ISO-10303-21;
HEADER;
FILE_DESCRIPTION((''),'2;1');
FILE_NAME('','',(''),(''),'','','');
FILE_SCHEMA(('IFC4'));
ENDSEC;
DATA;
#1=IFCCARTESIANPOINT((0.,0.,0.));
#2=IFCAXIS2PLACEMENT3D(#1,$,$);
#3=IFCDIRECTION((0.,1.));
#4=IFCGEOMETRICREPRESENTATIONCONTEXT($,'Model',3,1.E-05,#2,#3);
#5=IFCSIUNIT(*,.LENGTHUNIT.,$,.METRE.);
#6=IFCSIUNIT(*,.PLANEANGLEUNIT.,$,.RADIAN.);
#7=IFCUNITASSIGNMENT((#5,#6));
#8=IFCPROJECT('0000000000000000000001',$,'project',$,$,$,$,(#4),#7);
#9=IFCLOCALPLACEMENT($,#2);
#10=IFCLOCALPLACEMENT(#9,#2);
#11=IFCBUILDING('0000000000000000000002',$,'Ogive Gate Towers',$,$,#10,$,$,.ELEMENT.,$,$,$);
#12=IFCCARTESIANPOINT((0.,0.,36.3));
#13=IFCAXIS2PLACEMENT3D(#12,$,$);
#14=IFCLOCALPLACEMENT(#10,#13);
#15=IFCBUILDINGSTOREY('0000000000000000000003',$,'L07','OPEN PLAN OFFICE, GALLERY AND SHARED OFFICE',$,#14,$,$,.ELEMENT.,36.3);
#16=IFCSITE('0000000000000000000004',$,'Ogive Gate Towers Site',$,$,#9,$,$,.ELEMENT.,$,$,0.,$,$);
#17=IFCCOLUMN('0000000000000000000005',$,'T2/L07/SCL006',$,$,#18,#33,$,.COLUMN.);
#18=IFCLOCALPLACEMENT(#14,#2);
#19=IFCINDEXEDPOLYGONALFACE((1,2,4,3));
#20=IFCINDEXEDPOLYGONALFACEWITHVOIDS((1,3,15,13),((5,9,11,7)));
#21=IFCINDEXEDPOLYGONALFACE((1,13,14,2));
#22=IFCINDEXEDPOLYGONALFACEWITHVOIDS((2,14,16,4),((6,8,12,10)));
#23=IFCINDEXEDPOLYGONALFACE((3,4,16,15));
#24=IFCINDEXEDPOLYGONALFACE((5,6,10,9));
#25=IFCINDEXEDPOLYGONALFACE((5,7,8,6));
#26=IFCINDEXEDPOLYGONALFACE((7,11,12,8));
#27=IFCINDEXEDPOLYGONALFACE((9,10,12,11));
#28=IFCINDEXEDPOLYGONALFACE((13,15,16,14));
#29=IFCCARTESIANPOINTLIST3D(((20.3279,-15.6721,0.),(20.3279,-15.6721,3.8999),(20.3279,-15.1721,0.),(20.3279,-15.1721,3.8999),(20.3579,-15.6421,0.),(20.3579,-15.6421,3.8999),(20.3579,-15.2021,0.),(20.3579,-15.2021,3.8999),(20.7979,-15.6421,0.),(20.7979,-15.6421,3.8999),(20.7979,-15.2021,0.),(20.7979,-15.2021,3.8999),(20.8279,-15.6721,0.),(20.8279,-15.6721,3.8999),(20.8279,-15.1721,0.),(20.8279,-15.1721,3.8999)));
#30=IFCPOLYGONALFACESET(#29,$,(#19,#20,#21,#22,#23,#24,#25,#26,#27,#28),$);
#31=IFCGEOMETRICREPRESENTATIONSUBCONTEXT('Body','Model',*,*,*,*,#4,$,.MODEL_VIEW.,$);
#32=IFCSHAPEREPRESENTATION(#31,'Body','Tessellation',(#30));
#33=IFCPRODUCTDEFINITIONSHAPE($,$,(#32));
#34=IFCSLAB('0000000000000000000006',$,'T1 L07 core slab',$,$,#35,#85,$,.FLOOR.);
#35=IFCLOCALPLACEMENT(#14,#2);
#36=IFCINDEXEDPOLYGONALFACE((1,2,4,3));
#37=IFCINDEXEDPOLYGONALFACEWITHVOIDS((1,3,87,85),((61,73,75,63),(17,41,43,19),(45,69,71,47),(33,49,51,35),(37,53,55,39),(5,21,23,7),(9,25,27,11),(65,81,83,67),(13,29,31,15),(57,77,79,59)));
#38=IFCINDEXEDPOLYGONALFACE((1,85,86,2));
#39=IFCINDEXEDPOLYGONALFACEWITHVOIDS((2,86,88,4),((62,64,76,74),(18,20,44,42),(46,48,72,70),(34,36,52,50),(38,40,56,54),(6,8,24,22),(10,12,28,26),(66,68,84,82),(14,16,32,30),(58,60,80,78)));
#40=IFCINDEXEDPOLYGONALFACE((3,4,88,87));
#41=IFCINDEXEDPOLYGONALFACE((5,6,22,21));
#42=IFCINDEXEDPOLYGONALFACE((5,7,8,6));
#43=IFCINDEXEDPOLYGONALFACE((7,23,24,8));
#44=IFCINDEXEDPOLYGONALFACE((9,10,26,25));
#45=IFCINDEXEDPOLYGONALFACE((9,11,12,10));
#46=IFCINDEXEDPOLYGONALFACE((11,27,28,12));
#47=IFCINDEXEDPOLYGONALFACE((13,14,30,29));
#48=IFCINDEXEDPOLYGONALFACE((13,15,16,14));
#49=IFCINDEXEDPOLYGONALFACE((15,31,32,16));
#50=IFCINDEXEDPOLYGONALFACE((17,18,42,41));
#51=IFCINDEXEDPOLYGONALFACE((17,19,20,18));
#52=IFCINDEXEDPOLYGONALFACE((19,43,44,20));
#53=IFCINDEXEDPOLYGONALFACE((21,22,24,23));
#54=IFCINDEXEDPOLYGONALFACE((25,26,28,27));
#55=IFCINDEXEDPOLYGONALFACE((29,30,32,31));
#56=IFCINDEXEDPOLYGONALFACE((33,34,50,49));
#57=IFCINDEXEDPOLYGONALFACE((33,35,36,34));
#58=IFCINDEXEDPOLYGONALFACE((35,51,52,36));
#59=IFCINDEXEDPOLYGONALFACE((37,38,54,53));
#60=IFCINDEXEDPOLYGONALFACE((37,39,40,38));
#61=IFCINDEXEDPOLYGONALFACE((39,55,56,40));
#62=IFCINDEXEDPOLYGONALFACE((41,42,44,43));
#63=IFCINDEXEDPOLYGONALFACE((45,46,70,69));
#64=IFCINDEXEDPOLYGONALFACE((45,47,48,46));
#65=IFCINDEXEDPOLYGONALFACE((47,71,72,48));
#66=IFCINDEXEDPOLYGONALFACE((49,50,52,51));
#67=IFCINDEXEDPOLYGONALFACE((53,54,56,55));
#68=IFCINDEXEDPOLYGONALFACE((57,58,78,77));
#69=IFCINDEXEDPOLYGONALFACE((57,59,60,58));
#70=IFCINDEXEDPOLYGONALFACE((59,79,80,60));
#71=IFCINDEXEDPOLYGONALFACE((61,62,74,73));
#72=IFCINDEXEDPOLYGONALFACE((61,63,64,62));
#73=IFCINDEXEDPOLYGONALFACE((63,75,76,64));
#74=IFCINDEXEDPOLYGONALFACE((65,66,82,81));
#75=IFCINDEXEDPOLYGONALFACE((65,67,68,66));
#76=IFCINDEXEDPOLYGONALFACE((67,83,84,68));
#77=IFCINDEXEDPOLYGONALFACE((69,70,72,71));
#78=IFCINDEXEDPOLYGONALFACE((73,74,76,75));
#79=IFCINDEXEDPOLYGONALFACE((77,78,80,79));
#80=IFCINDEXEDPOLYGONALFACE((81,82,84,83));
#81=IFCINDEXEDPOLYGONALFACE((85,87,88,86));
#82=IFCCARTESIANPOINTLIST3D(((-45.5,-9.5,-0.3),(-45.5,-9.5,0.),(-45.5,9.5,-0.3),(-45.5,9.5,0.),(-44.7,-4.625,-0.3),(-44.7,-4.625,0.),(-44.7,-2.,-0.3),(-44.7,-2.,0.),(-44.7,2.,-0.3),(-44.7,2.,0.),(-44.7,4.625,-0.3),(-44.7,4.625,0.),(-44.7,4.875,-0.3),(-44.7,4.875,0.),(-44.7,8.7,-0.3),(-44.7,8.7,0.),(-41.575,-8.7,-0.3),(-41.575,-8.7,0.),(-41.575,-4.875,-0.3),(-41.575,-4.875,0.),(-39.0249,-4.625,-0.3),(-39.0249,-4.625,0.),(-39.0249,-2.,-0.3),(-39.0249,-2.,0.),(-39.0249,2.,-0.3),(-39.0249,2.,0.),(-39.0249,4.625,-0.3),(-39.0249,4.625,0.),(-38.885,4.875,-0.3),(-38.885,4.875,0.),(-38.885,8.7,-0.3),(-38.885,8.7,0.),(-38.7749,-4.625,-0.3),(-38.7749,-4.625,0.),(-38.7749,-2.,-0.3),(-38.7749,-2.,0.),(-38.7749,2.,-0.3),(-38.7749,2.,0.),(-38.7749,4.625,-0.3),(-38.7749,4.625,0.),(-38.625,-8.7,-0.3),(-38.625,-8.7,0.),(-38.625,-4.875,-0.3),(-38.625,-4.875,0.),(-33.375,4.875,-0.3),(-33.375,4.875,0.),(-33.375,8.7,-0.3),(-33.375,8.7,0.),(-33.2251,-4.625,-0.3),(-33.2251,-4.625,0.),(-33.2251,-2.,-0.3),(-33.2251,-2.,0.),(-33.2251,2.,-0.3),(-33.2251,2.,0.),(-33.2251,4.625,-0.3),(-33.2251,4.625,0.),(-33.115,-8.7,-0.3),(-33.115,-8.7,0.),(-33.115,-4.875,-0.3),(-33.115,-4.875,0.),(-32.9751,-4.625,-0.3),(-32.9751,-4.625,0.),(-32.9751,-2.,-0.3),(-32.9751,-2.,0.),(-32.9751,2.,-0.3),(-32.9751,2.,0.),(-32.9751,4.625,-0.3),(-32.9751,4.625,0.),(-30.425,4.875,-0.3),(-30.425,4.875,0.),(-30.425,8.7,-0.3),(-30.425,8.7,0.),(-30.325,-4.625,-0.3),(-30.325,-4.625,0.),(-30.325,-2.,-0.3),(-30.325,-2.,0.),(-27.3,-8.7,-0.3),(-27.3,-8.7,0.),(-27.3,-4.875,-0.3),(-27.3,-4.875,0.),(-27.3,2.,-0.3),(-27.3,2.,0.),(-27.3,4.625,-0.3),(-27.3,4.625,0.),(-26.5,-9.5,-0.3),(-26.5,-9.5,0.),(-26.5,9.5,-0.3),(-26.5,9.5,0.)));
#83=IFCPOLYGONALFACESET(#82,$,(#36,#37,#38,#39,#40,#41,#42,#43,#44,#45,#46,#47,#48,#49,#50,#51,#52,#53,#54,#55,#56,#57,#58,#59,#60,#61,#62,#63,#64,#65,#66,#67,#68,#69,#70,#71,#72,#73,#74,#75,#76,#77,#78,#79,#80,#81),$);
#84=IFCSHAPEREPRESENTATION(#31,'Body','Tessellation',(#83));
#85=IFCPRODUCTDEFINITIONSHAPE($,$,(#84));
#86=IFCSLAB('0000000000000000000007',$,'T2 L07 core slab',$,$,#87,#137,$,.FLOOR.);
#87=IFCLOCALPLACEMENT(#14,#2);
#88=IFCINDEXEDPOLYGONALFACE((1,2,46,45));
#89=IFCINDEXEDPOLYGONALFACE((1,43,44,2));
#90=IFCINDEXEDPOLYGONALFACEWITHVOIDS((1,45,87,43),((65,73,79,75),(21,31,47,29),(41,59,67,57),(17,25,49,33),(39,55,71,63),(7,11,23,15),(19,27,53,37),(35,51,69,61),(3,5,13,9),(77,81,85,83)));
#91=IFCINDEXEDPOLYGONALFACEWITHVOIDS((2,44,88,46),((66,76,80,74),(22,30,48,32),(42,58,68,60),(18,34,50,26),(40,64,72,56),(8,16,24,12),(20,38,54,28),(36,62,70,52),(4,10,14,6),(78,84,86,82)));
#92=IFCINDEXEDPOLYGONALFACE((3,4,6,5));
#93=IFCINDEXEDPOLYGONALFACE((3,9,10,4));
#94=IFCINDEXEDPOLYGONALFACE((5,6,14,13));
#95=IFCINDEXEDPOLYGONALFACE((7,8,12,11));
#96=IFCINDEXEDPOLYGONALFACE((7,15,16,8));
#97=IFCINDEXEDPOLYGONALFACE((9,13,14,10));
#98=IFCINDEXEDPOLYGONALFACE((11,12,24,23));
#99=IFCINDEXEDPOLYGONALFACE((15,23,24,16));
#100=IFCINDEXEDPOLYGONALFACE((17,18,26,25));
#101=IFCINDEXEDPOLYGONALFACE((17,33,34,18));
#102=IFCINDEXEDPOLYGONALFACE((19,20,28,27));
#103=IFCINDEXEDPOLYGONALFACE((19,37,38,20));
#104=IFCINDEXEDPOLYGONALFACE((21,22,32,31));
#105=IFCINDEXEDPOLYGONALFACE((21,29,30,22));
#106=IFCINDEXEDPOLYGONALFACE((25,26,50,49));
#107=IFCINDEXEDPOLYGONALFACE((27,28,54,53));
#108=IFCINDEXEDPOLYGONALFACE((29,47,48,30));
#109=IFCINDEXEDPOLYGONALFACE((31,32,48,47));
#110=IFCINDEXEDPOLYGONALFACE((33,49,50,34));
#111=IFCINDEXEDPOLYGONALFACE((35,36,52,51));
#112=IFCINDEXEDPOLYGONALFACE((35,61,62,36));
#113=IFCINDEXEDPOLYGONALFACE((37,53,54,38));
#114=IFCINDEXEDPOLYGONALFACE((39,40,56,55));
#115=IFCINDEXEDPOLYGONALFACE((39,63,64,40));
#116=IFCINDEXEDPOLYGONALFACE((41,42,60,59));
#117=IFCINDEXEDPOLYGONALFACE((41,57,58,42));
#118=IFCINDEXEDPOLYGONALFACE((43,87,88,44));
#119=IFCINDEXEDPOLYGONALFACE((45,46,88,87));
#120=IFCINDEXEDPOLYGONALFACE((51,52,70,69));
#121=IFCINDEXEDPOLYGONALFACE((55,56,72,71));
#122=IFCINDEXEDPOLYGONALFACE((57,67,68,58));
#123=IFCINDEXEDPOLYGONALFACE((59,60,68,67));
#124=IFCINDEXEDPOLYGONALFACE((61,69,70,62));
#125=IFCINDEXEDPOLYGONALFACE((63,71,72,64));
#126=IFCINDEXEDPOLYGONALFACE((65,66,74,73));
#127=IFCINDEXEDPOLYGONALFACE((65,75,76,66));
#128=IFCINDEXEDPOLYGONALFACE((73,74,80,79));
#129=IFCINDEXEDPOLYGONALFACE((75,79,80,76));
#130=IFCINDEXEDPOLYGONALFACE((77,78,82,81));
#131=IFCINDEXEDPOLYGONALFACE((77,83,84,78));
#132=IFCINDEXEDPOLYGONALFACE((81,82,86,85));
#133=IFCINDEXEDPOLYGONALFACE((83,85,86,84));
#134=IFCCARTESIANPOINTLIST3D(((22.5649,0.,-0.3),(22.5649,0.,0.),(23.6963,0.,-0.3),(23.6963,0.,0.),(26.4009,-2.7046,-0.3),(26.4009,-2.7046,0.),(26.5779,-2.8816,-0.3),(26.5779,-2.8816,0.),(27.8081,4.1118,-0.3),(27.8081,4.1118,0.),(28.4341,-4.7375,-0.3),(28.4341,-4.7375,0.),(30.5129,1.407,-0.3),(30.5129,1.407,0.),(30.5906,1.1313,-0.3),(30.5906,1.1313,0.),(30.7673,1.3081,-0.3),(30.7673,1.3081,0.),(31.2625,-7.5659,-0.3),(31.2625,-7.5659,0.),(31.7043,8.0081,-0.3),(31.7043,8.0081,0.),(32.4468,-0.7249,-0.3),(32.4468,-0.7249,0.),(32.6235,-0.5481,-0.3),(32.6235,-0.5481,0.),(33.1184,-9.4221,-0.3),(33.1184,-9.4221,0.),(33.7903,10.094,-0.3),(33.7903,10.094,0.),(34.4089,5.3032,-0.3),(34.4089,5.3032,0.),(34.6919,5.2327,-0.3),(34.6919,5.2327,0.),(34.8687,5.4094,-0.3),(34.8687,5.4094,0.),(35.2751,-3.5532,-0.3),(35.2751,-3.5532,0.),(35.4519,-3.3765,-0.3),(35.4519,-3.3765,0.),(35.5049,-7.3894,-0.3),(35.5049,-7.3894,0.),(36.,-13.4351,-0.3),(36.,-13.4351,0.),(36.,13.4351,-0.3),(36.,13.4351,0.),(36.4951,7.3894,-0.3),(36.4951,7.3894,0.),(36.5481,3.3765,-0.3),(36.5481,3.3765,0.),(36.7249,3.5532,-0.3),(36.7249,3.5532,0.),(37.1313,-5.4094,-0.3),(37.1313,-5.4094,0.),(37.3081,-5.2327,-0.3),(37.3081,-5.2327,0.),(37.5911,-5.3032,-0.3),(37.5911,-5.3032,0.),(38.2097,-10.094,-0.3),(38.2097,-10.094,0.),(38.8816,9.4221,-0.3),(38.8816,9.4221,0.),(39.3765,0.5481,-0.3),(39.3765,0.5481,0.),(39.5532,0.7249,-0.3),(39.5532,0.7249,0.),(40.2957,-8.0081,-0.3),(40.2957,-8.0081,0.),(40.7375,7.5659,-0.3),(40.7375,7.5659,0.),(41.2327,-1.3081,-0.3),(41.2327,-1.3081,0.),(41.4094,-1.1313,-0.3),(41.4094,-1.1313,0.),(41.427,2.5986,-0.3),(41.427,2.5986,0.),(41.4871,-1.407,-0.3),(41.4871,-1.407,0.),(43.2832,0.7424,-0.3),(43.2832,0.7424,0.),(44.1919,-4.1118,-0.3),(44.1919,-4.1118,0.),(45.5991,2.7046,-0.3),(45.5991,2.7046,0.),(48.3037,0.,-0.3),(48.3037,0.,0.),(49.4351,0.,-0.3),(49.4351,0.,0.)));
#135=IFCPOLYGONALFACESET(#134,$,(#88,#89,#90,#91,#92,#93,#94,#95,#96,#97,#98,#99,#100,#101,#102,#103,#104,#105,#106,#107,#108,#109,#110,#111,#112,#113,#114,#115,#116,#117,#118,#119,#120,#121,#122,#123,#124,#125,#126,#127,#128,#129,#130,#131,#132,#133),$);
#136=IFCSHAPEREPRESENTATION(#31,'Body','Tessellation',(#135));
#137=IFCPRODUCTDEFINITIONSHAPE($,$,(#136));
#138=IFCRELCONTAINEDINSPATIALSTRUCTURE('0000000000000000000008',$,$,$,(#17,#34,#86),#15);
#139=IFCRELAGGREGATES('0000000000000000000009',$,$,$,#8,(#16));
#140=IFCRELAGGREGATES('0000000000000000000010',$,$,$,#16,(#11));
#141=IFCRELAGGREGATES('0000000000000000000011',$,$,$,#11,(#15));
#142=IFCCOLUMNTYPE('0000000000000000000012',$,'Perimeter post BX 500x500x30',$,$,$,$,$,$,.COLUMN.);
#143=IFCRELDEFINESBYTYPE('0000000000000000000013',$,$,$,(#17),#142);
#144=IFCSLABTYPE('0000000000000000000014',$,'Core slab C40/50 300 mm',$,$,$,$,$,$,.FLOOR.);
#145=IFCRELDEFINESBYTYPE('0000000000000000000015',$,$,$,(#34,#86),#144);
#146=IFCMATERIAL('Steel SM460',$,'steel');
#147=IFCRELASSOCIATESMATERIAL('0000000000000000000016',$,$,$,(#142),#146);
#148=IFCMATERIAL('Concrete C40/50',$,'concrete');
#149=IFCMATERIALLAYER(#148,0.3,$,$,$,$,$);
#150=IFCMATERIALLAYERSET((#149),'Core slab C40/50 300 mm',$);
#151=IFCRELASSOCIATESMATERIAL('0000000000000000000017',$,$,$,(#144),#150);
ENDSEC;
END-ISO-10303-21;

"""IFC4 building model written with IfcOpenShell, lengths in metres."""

from ifc_helpers import new_model, si_unit, direction, frame, origin, origin_2d, place, context, subcontext, project, spatial, polyline, hollow_rectangle, outline, extrude, material, layer, layer_set, material_profile, profile_set, type_object, element, save


model = new_model("IFC4")

# Units and contexts
model_context = context("Model", 3, precision=1e-05, world=origin(), true_north=direction((0.0, 1.0)))
body_context = subcontext(model_context, "Body", "Model", "MODEL_VIEW")
ifc_project = project(units=[si_unit("LENGTHUNIT", "METRE"), si_unit("PLANEANGLEUNIT", "RADIAN")], contexts=[model_context])

# Site, building, storey
site_placement = place(None, origin())
site = spatial("IfcSite", under=ifc_project, at=site_placement, Name="Ogive Gate Towers Site", CompositionType="ELEMENT", RefElevation=0.0)
building_placement = place(site_placement, origin())
building = spatial("IfcBuilding", under=site, at=building_placement, Name="Ogive Gate Towers", CompositionType="ELEMENT")
storey_placement = place(building_placement, frame((0.0, 0.0, 36.3)))
storey = spatial("IfcBuildingStorey", under=building, at=storey_placement, Name="L07", Description="OPEN PLAN OFFICE, GALLERY AND SHARED OFFICE", CompositionType="ELEMENT", Elevation=36.3)

# Column
ifc_material_1 = material(Name="Steel SM460", Category="steel")
ifc_material_profile_1 = material_profile(ifc_material_1, hollow_rectangle(XDim=0.5, YDim=0.5, WallThickness=0.03, at=origin_2d()), Name="BX 500x500x30")
ifc_profile_set_1 = profile_set([ifc_material_profile_1], Name="Steel SM460")
column_type = type_object("IfcColumnType", Name="Perimeter post BX 500x500x30", PredefinedType="COLUMN", material=ifc_profile_set_1)
column_placement = place(storey_placement, frame((20.5779, -15.4221, 0.0), z_axis=(0.0, 0.0, 1.0), x_axis=(1.0, 0.0, 0.0)))
element("IfcColumn", 1, at=column_placement, inside=storey, type_object=column_type, Name="T2/L07/SCL006", PredefinedType="COLUMN", context=body_context, shape_type="SweptSolid", body=[
    extrude(hollow_rectangle(XDim=0.5, YDim=0.5, WallThickness=0.03, at=origin_2d()), origin(), (0.0, 0.0, 1.0), 3.8999),
])

# Slabs
ifc_material_2 = material(Name="Concrete C40/50", Category="concrete")
ifc_layer_1 = layer(ifc_material_2, 0.3)
ifc_layer_set_1 = layer_set([ifc_layer_1], Name="Core slab C40/50 300 mm")
slab_type_1 = type_object("IfcSlabType", Name="Core slab C40/50 300 mm", PredefinedType="FLOOR", material=ifc_layer_set_1)
slab_1_placement = place(storey_placement, frame((0.0, 0.0, -0.3)))
element("IfcSlab", 2, at=slab_1_placement, inside=storey, type_object=slab_type_1, Name="T1 L07 core slab", PredefinedType="FLOOR", context=body_context, shape_type="SweptSolid", body=[
    extrude(outline(polyline([(-26.5, 9.5), (-26.5, -9.5), (-45.5, -9.5), (-45.5, 9.5), (-26.5, 9.5)]), holes=[polyline([(-39.0249, 4.625), (-44.7, 4.625), (-44.7, 2.0), (-39.0249, 2.0), (-39.0249, 4.625)]), polyline([(-33.2251, 2.0), (-33.2251, 4.625), (-38.7749, 4.625), (-38.7749, 2.0), (-33.2251, 2.0)]), polyline([(-32.9751, 2.0), (-27.3, 2.0), (-27.3, 4.625), (-32.9751, 4.625), (-32.9751, 2.0)]), polyline([(-44.7, -2.0), (-44.7, -4.625), (-39.0249, -4.625), (-39.0249, -2.0), (-44.7, -2.0)]), polyline([(-33.2251, -2.0), (-38.7749, -2.0), (-38.7749, -4.625), (-33.2251, -4.625), (-33.2251, -2.0)]), polyline([(-30.325, -4.625), (-30.325, -2.0), (-32.9751, -2.0), (-32.9751, -4.625), (-30.325, -4.625)]), polyline([(-33.375, 4.875), (-30.425, 4.875), (-30.425, 8.7), (-33.375, 8.7), (-33.375, 4.875)]), polyline([(-41.575, -4.875), (-41.575, -8.7), (-38.625, -8.7), (-38.625, -4.875), (-41.575, -4.875)]), polyline([(-44.7, 4.875), (-38.885, 4.875), (-38.885, 8.7), (-44.7, 8.7), (-44.7, 4.875)]), polyline([(-27.3, -8.7), (-27.3, -4.875), (-33.115, -4.875), (-33.115, -8.7), (-27.3, -8.7)])]), origin(), (0.0, 0.0, 1.0), 0.3),
])
slab_2_placement = place(storey_placement, frame((0.0, 0.0, -0.3)))
element("IfcSlab", 3, at=slab_2_placement, inside=storey, type_object=slab_type_1, Name="T2 L07 core slab", PredefinedType="FLOOR", context=body_context, shape_type="SweptSolid", body=[
    extrude(outline(polyline([(36.0, 13.4351), (49.4351, 0.0), (36.0, -13.4351), (22.5649, 0.0), (36.0, 13.4351)]), holes=[polyline([(30.5906, 1.1313), (26.5779, -2.8816), (28.4341, -4.7375), (32.4468, -0.7249), (30.5906, 1.1313)]), polyline([(36.5481, 3.3765), (34.6919, 5.2327), (30.7673, 1.3081), (32.6235, -0.5481), (36.5481, 3.3765)]), polyline([(36.7249, 3.5532), (40.7375, 7.5659), (38.8816, 9.4221), (34.8687, 5.4094), (36.7249, 3.5532)]), polyline([(31.2625, -7.5659), (33.1184, -9.4221), (37.1313, -5.4094), (35.2751, -3.5532), (31.2625, -7.5659)]), polyline([(39.3765, 0.5481), (35.4519, -3.3765), (37.3081, -5.2327), (41.2327, -1.3081), (39.3765, 0.5481)]), polyline([(43.2832, 0.7424), (41.427, 2.5986), (39.5532, 0.7249), (41.4094, -1.1313), (43.2832, 0.7424)]), polyline([(34.4089, 5.3032), (36.4951, 7.3894), (33.7903, 10.094), (31.7043, 8.0081), (34.4089, 5.3032)]), polyline([(35.5049, -7.3894), (38.2097, -10.094), (40.2957, -8.0081), (37.5911, -5.3032), (35.5049, -7.3894)]), polyline([(26.4009, -2.7046), (30.5129, 1.407), (27.8081, 4.1118), (23.6963, 0.0), (26.4009, -2.7046)]), polyline([(48.3037, 0.0), (45.5991, 2.7046), (41.4871, -1.407), (44.1919, -4.1118), (48.3037, 0.0)])]), origin(), (0.0, 0.0, 1.0), 0.3),
])

save(model, "model.ifc")
